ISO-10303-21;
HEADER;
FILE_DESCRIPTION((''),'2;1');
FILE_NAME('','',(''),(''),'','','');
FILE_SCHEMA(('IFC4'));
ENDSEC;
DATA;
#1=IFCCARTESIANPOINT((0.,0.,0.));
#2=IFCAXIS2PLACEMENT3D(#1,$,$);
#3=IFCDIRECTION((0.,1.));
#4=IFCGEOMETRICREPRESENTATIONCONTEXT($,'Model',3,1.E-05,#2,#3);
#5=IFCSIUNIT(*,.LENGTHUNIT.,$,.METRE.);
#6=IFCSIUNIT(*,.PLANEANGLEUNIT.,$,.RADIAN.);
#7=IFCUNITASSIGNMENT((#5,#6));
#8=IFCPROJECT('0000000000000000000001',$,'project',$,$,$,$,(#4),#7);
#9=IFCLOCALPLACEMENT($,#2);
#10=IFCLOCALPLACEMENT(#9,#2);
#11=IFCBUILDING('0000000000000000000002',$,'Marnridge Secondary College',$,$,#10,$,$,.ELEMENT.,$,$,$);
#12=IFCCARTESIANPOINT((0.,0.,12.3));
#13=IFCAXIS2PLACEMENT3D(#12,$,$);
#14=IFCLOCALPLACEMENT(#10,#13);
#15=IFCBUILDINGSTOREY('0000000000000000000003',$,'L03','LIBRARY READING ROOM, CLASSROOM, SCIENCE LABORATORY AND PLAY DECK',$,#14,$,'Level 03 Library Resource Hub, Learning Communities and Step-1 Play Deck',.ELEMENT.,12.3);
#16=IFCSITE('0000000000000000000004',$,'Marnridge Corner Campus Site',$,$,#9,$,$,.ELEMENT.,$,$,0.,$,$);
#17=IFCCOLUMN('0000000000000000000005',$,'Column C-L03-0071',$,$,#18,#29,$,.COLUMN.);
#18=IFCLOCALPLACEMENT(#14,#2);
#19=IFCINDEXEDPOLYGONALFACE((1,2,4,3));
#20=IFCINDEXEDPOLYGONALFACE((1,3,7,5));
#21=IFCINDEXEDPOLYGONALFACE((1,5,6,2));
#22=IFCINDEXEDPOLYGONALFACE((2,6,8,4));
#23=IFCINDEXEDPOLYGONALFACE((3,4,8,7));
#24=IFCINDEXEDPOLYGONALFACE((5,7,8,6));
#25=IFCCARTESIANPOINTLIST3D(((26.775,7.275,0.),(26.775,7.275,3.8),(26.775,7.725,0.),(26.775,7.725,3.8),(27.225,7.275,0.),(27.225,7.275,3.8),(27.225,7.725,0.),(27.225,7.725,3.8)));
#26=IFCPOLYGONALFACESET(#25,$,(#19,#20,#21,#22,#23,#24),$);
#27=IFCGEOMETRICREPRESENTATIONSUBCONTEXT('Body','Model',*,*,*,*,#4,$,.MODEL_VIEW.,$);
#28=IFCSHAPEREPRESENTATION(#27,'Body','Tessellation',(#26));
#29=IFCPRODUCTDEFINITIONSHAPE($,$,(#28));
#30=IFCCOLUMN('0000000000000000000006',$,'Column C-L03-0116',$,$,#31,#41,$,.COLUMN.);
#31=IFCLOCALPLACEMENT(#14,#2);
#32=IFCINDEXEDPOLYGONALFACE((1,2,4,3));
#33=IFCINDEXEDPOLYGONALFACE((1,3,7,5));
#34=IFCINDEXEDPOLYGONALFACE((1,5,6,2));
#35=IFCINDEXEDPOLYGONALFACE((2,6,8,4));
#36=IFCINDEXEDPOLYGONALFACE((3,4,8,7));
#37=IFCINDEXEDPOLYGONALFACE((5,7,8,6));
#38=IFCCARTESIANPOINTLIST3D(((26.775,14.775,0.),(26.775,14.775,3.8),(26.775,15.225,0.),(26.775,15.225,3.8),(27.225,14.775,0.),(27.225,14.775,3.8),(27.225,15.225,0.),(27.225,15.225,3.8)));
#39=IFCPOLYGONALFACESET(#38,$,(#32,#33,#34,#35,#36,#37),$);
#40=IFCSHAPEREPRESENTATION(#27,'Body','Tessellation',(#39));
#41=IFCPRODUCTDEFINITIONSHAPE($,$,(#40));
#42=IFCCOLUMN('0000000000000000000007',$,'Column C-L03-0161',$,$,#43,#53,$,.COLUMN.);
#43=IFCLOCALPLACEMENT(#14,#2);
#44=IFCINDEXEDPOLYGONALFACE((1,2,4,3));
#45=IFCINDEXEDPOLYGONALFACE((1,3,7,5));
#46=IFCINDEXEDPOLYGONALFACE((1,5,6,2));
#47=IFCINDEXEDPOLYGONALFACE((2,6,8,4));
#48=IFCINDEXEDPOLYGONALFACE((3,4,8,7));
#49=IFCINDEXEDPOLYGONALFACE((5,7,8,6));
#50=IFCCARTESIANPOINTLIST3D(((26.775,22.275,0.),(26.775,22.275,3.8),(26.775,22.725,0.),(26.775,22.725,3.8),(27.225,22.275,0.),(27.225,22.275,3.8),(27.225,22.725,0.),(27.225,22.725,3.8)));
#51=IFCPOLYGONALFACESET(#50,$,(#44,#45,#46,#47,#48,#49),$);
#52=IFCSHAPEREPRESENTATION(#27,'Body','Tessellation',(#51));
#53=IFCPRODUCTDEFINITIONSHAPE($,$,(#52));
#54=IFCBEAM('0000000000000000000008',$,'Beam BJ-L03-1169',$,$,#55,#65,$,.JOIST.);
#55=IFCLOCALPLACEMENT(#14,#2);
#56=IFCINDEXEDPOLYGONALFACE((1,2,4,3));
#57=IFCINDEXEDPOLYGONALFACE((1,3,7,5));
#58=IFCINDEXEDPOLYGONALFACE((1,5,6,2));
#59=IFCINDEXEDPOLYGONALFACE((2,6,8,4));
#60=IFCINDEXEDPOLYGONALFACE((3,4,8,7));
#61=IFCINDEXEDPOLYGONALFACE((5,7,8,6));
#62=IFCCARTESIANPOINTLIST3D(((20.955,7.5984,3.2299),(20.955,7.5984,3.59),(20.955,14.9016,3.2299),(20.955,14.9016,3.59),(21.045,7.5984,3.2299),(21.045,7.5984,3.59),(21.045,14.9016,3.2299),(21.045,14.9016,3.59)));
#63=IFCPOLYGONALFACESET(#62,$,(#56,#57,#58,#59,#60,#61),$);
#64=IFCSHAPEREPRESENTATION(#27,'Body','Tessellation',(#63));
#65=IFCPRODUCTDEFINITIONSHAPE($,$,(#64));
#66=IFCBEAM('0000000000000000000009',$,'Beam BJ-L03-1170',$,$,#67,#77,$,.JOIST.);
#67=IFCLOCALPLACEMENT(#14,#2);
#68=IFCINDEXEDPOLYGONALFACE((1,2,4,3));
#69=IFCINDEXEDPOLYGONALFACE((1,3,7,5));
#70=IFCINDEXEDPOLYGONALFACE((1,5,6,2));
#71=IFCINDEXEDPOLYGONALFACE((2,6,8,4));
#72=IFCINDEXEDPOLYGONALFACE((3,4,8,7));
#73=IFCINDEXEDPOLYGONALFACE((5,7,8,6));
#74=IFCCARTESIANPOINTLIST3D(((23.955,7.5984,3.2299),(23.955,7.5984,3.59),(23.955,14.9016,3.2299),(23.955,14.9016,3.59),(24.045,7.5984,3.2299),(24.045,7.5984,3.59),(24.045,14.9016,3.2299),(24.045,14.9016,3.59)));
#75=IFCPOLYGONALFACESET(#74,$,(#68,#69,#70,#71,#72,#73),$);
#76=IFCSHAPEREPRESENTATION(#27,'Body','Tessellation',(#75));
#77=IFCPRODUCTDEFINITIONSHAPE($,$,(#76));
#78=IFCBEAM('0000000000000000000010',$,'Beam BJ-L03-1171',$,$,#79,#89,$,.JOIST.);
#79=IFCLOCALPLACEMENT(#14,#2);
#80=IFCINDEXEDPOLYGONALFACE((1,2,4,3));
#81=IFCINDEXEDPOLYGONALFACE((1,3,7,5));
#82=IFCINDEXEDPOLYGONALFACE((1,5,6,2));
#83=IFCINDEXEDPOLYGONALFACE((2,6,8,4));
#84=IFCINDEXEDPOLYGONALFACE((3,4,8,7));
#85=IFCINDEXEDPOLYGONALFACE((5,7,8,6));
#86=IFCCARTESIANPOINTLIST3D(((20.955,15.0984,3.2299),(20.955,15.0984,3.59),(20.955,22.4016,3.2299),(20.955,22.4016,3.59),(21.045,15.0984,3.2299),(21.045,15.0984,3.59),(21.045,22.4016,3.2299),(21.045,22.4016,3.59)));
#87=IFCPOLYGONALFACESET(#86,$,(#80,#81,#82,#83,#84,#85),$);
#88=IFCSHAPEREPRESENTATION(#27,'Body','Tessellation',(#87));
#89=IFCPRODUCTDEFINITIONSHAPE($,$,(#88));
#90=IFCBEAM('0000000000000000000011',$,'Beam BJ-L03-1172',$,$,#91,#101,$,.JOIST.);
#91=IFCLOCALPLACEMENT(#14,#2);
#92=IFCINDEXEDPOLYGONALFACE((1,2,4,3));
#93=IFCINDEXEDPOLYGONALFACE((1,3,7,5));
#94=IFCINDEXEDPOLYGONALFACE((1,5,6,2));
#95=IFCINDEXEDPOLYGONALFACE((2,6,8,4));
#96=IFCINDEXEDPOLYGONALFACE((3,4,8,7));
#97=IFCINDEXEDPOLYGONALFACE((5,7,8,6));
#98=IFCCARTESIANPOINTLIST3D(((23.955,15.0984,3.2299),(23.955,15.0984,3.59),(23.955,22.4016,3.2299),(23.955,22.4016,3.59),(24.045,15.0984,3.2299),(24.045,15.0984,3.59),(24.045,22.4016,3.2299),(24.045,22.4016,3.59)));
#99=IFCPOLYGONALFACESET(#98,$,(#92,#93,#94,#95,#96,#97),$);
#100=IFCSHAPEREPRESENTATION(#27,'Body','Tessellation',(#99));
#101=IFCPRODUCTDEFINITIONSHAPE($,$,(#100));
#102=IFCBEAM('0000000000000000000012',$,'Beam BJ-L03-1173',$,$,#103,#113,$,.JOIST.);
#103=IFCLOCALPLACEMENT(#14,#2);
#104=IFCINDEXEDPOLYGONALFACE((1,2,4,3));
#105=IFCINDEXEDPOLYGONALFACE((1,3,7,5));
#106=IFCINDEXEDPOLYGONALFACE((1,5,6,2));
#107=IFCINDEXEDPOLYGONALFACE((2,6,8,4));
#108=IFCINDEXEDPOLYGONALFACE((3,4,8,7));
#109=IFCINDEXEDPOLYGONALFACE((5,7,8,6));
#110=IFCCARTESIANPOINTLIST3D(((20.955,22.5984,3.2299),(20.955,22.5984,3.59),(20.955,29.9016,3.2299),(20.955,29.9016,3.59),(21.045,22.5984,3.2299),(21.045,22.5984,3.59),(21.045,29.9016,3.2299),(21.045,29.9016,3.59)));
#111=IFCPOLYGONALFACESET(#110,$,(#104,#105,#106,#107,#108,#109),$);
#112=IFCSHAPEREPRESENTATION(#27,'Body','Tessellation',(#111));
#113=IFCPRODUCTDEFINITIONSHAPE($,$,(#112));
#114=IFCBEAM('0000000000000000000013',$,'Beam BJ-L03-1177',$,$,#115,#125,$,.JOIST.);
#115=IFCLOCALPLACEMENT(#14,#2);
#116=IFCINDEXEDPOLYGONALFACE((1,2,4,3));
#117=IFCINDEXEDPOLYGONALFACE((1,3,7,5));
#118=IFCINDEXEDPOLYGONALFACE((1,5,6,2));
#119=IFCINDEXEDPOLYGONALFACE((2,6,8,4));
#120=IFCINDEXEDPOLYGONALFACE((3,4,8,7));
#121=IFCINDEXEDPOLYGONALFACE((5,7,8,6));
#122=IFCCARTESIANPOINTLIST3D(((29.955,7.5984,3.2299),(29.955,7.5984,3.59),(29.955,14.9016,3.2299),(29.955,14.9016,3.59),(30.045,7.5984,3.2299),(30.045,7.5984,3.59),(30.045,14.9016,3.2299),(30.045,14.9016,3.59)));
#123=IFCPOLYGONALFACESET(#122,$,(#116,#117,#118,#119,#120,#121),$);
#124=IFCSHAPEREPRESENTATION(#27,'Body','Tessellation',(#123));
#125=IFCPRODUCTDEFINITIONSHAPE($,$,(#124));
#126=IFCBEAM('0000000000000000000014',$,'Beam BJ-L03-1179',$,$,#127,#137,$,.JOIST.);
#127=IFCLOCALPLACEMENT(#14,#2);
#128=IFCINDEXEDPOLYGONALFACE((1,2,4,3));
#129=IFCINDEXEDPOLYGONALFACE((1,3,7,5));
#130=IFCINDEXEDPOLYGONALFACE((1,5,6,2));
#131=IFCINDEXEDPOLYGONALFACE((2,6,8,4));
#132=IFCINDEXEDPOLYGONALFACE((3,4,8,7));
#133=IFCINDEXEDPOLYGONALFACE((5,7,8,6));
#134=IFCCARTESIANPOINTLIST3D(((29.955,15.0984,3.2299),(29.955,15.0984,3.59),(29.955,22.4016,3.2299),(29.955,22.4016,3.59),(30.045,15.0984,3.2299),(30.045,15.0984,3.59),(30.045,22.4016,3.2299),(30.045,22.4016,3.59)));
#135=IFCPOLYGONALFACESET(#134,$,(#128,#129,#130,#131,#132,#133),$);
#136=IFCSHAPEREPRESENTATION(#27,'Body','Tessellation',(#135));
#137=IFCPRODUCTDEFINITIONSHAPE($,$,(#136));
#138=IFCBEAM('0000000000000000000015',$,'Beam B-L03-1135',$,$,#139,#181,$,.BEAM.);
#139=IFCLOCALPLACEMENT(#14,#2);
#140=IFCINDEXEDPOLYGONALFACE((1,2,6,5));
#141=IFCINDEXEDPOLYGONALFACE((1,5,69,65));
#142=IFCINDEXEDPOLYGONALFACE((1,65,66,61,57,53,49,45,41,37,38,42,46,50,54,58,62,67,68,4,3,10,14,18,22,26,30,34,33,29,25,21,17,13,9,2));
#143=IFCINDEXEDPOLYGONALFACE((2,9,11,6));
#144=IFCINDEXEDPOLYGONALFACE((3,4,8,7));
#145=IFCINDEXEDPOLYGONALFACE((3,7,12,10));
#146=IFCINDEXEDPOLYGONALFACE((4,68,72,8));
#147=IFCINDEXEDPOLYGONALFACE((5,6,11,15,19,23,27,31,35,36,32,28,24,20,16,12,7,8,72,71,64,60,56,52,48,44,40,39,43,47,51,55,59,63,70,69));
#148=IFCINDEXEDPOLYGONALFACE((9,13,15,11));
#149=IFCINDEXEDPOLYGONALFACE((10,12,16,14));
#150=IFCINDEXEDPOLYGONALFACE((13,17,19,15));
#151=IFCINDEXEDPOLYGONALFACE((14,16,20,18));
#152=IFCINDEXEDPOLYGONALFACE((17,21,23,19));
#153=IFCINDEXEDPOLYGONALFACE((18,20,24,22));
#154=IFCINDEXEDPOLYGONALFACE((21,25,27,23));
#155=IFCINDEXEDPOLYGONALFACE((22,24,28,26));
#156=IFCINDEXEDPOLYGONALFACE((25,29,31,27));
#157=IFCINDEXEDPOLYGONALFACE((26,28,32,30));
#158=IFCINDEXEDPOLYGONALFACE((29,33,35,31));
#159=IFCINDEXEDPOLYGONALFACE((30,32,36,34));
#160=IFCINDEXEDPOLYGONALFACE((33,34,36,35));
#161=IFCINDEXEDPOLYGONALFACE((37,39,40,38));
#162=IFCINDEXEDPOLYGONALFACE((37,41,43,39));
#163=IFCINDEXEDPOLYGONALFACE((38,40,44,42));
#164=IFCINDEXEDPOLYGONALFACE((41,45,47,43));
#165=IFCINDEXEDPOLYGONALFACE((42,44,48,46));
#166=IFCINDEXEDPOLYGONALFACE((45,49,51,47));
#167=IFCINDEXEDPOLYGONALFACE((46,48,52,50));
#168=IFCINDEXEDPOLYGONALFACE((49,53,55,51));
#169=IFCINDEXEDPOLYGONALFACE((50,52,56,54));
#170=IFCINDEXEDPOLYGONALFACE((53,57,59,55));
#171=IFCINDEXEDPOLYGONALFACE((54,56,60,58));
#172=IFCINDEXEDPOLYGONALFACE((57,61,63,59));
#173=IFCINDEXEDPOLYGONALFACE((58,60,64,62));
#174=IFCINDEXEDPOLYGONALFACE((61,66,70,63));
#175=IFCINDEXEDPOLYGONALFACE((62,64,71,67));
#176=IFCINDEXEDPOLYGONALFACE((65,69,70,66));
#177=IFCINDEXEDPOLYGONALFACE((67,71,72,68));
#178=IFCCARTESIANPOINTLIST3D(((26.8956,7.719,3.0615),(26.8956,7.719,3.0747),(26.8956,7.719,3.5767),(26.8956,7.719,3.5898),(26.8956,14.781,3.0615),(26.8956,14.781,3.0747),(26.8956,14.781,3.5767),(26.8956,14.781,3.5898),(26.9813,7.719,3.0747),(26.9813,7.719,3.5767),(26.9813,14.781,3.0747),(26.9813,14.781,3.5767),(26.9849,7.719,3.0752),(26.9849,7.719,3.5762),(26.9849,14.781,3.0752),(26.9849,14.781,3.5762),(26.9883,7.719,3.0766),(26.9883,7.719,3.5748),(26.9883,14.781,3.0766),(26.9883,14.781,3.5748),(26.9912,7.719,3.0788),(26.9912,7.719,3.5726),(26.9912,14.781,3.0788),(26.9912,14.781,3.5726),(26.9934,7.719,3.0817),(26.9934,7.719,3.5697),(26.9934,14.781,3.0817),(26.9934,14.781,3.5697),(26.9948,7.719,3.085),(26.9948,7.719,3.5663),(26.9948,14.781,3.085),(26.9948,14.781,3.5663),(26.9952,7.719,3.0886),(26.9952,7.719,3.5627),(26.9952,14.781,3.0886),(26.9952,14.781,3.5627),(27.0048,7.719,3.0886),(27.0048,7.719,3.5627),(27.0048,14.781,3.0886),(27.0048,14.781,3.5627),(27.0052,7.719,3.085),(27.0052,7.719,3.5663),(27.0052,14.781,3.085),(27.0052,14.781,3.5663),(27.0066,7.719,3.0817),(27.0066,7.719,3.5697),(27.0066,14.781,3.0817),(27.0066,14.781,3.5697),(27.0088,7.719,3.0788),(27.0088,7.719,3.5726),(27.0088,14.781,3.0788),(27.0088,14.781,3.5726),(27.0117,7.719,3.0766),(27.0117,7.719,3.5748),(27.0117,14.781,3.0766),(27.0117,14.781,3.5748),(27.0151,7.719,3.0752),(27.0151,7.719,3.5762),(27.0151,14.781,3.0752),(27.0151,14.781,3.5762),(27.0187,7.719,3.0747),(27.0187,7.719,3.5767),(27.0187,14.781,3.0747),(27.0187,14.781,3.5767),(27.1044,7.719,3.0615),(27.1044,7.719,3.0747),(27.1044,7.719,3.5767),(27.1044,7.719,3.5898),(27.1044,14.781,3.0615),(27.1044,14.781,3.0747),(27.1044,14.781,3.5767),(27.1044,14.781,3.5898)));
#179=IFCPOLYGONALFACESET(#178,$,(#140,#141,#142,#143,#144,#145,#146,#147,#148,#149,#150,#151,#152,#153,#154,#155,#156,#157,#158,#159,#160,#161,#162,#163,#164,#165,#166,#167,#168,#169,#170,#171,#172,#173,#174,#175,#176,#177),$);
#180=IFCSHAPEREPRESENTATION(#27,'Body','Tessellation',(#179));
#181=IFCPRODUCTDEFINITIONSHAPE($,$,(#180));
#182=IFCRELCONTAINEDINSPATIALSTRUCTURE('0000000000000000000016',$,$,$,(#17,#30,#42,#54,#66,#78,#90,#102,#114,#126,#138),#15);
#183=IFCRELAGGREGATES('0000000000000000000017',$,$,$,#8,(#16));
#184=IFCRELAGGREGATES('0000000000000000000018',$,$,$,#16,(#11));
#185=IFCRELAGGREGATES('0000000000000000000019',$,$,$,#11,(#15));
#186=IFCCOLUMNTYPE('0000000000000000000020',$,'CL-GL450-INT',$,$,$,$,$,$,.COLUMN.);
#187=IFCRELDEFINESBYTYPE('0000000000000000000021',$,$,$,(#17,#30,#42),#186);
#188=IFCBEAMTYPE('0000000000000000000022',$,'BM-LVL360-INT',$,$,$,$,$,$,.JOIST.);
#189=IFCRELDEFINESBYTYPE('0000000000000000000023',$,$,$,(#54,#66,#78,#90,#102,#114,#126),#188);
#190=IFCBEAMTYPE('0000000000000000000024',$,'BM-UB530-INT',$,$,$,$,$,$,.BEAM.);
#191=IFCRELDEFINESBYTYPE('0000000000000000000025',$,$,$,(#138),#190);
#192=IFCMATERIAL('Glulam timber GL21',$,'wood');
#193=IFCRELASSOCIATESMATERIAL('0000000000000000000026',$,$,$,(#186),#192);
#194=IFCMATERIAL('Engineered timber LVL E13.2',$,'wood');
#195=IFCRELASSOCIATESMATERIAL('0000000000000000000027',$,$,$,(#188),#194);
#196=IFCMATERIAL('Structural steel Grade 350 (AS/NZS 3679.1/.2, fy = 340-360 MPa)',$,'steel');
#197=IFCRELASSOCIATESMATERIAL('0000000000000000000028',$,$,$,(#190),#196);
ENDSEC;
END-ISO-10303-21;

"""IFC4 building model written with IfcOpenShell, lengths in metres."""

from ifc_helpers import new_model, si_unit, direction, frame, origin, origin_2d, place, context, subcontext, project, spatial, rectangle, i_section, extrude, material, material_profile, profile_set, type_object, element, save


model = new_model("IFC4")

# Units and contexts
model_context = context("Model", 3, precision=1e-05, world=origin(), true_north=direction((0.0, 1.0)))
body_context = subcontext(model_context, "Body", "Model", "MODEL_VIEW")
ifc_project = project(units=[si_unit("LENGTHUNIT", "METRE"), si_unit("PLANEANGLEUNIT", "RADIAN")], contexts=[model_context])

# Site, building, storey
site_placement = place(None, origin())
site = spatial("IfcSite", under=ifc_project, at=site_placement, Name="Marnridge Corner Campus Site", CompositionType="ELEMENT", RefElevation=0.0)
building_placement = place(site_placement, origin())
building = spatial("IfcBuilding", under=site, at=building_placement, Name="Marnridge Secondary College", CompositionType="ELEMENT")
storey_placement = place(building_placement, frame((0.0, 0.0, 12.3)))
storey = spatial("IfcBuildingStorey", under=building, at=storey_placement, Name="L03", Description="LIBRARY READING ROOM, CLASSROOM, SCIENCE LABORATORY AND PLAY DECK", LongName="Level 03 Library Resource Hub, Learning Communities and Step-1 Play Deck", CompositionType="ELEMENT", Elevation=12.3)

# Columns
ifc_material_1 = material(Name="Glulam timber GL21", Category="wood")
ifc_material_profile_1 = material_profile(ifc_material_1, rectangle(XDim=0.45, YDim=0.45, at=origin_2d()), Name="GL21 450x450")
ifc_profile_set_1 = profile_set([ifc_material_profile_1], Name="Glulam timber GL21")
column_type = type_object("IfcColumnType", Name="CL-GL450-INT", PredefinedType="COLUMN", material=ifc_profile_set_1)
for number, where, z_axis, x_axis, name in (
    (1, (27.0, 7.5, 0.0), (0.0, 0.0, 1.0), (1.0, 0.0, 0.0), "Column C-L03-0071"),
    (2, (27.0, 15.0, 0.0), (0.0, 0.0, 1.0), (1.0, 0.0, 0.0), "Column C-L03-0116"),
    (3, (27.0, 22.5, 0.0), (0.0, 0.0, 1.0), (1.0, 0.0, 0.0), "Column C-L03-0161"),
):
    element("IfcColumn", number, at=place(storey_placement, frame(where, z_axis=z_axis, x_axis=x_axis)), inside=storey, type_object=column_type, Name=name, PredefinedType="COLUMN", context=body_context, shape_type="SweptSolid", body=[
        extrude(rectangle(XDim=0.45, YDim=0.45, at=origin_2d()), origin(), (0.0, 0.0, 1.0), 3.8),
    ])

# Beams
ifc_material_2 = material(Name="Engineered timber LVL E13.2", Category="wood")
ifc_material_profile_2 = material_profile(ifc_material_2, rectangle(XDim=0.0901, YDim=0.3601, at=origin_2d()), Name="LVL 90x360")
ifc_profile_set_2 = profile_set([ifc_material_profile_2], Name="Engineered timber LVL E13.2")
beam_type_1 = type_object("IfcBeamType", Name="BM-LVL360-INT", PredefinedType="JOIST", material=ifc_profile_set_2)
for number, where, z_axis, x_axis, name in (
    (4, (21.0, 7.5984, 3.4099), (0.0, 1.0, 0.0), (-1.0, 0.0, 0.0), "Beam BJ-L03-1169"),
    (5, (24.0, 7.5984, 3.4099), (0.0, 1.0, 0.0), (-1.0, 0.0, 0.0), "Beam BJ-L03-1170"),
    (6, (21.0, 15.0984, 3.4099), (0.0, 1.0, 0.0), (-1.0, 0.0, 0.0), "Beam BJ-L03-1171"),
    (7, (24.0, 15.0984, 3.4099), (0.0, 1.0, 0.0), (-1.0, 0.0, 0.0), "Beam BJ-L03-1172"),
    (8, (21.0, 22.5984, 3.4099), (0.0, 1.0, 0.0), (-1.0, 0.0, 0.0), "Beam BJ-L03-1173"),
    (9, (30.0, 7.5984, 3.4099), (0.0, 1.0, 0.0), (-1.0, 0.0, 0.0), "Beam BJ-L03-1177"),
    (10, (30.0, 15.0984, 3.4099), (0.0, 1.0, 0.0), (-1.0, 0.0, 0.0), "Beam BJ-L03-1179"),
):
    element("IfcBeam", number, at=place(storey_placement, frame(where, z_axis=z_axis, x_axis=x_axis)), inside=storey, type_object=beam_type_1, Name=name, PredefinedType="JOIST", context=body_context, shape_type="SweptSolid", body=[
        extrude(rectangle(XDim=0.0901, YDim=0.3601, at=origin_2d()), origin(), (0.0, 0.0, 1.0), 7.3032),
    ])
ifc_material_3 = material(Name="Structural steel Grade 350 (AS/NZS 3679.1/.2, fy = 340-360 MPa)", Category="steel")
ifc_material_profile_3 = material_profile(ifc_material_3, i_section(OverallWidth=0.2087, OverallDepth=0.5283, WebThickness=0.0095, FlangeThickness=0.0132, FilletRadius=0.0139, at=origin_2d()), Name="530UB82.0")
ifc_profile_set_3 = profile_set([ifc_material_profile_3], Name="Structural steel Grade 350 (AS/NZS 3679.1/.2, fy = 340-360 MPa)")
beam_type_2 = type_object("IfcBeamType", Name="BM-UB530-INT", PredefinedType="BEAM", material=ifc_profile_set_3)
beam_1_placement = place(storey_placement, frame((27.0, 7.719, 3.3257), z_axis=(0.0, 1.0, 0.0), x_axis=(-1.0, 0.0, 0.0)))
element("IfcBeam", 11, at=beam_1_placement, inside=storey, type_object=beam_type_2, Name="Beam B-L03-1135", PredefinedType="BEAM", context=body_context, shape_type="SweptSolid", body=[
    extrude(i_section(OverallWidth=0.2087, OverallDepth=0.5283, WebThickness=0.0095, FlangeThickness=0.0132, FilletRadius=0.0139, at=origin_2d()), origin(), (0.0, 0.0, 1.0), 7.062),
])

save(model, "model.ifc")
